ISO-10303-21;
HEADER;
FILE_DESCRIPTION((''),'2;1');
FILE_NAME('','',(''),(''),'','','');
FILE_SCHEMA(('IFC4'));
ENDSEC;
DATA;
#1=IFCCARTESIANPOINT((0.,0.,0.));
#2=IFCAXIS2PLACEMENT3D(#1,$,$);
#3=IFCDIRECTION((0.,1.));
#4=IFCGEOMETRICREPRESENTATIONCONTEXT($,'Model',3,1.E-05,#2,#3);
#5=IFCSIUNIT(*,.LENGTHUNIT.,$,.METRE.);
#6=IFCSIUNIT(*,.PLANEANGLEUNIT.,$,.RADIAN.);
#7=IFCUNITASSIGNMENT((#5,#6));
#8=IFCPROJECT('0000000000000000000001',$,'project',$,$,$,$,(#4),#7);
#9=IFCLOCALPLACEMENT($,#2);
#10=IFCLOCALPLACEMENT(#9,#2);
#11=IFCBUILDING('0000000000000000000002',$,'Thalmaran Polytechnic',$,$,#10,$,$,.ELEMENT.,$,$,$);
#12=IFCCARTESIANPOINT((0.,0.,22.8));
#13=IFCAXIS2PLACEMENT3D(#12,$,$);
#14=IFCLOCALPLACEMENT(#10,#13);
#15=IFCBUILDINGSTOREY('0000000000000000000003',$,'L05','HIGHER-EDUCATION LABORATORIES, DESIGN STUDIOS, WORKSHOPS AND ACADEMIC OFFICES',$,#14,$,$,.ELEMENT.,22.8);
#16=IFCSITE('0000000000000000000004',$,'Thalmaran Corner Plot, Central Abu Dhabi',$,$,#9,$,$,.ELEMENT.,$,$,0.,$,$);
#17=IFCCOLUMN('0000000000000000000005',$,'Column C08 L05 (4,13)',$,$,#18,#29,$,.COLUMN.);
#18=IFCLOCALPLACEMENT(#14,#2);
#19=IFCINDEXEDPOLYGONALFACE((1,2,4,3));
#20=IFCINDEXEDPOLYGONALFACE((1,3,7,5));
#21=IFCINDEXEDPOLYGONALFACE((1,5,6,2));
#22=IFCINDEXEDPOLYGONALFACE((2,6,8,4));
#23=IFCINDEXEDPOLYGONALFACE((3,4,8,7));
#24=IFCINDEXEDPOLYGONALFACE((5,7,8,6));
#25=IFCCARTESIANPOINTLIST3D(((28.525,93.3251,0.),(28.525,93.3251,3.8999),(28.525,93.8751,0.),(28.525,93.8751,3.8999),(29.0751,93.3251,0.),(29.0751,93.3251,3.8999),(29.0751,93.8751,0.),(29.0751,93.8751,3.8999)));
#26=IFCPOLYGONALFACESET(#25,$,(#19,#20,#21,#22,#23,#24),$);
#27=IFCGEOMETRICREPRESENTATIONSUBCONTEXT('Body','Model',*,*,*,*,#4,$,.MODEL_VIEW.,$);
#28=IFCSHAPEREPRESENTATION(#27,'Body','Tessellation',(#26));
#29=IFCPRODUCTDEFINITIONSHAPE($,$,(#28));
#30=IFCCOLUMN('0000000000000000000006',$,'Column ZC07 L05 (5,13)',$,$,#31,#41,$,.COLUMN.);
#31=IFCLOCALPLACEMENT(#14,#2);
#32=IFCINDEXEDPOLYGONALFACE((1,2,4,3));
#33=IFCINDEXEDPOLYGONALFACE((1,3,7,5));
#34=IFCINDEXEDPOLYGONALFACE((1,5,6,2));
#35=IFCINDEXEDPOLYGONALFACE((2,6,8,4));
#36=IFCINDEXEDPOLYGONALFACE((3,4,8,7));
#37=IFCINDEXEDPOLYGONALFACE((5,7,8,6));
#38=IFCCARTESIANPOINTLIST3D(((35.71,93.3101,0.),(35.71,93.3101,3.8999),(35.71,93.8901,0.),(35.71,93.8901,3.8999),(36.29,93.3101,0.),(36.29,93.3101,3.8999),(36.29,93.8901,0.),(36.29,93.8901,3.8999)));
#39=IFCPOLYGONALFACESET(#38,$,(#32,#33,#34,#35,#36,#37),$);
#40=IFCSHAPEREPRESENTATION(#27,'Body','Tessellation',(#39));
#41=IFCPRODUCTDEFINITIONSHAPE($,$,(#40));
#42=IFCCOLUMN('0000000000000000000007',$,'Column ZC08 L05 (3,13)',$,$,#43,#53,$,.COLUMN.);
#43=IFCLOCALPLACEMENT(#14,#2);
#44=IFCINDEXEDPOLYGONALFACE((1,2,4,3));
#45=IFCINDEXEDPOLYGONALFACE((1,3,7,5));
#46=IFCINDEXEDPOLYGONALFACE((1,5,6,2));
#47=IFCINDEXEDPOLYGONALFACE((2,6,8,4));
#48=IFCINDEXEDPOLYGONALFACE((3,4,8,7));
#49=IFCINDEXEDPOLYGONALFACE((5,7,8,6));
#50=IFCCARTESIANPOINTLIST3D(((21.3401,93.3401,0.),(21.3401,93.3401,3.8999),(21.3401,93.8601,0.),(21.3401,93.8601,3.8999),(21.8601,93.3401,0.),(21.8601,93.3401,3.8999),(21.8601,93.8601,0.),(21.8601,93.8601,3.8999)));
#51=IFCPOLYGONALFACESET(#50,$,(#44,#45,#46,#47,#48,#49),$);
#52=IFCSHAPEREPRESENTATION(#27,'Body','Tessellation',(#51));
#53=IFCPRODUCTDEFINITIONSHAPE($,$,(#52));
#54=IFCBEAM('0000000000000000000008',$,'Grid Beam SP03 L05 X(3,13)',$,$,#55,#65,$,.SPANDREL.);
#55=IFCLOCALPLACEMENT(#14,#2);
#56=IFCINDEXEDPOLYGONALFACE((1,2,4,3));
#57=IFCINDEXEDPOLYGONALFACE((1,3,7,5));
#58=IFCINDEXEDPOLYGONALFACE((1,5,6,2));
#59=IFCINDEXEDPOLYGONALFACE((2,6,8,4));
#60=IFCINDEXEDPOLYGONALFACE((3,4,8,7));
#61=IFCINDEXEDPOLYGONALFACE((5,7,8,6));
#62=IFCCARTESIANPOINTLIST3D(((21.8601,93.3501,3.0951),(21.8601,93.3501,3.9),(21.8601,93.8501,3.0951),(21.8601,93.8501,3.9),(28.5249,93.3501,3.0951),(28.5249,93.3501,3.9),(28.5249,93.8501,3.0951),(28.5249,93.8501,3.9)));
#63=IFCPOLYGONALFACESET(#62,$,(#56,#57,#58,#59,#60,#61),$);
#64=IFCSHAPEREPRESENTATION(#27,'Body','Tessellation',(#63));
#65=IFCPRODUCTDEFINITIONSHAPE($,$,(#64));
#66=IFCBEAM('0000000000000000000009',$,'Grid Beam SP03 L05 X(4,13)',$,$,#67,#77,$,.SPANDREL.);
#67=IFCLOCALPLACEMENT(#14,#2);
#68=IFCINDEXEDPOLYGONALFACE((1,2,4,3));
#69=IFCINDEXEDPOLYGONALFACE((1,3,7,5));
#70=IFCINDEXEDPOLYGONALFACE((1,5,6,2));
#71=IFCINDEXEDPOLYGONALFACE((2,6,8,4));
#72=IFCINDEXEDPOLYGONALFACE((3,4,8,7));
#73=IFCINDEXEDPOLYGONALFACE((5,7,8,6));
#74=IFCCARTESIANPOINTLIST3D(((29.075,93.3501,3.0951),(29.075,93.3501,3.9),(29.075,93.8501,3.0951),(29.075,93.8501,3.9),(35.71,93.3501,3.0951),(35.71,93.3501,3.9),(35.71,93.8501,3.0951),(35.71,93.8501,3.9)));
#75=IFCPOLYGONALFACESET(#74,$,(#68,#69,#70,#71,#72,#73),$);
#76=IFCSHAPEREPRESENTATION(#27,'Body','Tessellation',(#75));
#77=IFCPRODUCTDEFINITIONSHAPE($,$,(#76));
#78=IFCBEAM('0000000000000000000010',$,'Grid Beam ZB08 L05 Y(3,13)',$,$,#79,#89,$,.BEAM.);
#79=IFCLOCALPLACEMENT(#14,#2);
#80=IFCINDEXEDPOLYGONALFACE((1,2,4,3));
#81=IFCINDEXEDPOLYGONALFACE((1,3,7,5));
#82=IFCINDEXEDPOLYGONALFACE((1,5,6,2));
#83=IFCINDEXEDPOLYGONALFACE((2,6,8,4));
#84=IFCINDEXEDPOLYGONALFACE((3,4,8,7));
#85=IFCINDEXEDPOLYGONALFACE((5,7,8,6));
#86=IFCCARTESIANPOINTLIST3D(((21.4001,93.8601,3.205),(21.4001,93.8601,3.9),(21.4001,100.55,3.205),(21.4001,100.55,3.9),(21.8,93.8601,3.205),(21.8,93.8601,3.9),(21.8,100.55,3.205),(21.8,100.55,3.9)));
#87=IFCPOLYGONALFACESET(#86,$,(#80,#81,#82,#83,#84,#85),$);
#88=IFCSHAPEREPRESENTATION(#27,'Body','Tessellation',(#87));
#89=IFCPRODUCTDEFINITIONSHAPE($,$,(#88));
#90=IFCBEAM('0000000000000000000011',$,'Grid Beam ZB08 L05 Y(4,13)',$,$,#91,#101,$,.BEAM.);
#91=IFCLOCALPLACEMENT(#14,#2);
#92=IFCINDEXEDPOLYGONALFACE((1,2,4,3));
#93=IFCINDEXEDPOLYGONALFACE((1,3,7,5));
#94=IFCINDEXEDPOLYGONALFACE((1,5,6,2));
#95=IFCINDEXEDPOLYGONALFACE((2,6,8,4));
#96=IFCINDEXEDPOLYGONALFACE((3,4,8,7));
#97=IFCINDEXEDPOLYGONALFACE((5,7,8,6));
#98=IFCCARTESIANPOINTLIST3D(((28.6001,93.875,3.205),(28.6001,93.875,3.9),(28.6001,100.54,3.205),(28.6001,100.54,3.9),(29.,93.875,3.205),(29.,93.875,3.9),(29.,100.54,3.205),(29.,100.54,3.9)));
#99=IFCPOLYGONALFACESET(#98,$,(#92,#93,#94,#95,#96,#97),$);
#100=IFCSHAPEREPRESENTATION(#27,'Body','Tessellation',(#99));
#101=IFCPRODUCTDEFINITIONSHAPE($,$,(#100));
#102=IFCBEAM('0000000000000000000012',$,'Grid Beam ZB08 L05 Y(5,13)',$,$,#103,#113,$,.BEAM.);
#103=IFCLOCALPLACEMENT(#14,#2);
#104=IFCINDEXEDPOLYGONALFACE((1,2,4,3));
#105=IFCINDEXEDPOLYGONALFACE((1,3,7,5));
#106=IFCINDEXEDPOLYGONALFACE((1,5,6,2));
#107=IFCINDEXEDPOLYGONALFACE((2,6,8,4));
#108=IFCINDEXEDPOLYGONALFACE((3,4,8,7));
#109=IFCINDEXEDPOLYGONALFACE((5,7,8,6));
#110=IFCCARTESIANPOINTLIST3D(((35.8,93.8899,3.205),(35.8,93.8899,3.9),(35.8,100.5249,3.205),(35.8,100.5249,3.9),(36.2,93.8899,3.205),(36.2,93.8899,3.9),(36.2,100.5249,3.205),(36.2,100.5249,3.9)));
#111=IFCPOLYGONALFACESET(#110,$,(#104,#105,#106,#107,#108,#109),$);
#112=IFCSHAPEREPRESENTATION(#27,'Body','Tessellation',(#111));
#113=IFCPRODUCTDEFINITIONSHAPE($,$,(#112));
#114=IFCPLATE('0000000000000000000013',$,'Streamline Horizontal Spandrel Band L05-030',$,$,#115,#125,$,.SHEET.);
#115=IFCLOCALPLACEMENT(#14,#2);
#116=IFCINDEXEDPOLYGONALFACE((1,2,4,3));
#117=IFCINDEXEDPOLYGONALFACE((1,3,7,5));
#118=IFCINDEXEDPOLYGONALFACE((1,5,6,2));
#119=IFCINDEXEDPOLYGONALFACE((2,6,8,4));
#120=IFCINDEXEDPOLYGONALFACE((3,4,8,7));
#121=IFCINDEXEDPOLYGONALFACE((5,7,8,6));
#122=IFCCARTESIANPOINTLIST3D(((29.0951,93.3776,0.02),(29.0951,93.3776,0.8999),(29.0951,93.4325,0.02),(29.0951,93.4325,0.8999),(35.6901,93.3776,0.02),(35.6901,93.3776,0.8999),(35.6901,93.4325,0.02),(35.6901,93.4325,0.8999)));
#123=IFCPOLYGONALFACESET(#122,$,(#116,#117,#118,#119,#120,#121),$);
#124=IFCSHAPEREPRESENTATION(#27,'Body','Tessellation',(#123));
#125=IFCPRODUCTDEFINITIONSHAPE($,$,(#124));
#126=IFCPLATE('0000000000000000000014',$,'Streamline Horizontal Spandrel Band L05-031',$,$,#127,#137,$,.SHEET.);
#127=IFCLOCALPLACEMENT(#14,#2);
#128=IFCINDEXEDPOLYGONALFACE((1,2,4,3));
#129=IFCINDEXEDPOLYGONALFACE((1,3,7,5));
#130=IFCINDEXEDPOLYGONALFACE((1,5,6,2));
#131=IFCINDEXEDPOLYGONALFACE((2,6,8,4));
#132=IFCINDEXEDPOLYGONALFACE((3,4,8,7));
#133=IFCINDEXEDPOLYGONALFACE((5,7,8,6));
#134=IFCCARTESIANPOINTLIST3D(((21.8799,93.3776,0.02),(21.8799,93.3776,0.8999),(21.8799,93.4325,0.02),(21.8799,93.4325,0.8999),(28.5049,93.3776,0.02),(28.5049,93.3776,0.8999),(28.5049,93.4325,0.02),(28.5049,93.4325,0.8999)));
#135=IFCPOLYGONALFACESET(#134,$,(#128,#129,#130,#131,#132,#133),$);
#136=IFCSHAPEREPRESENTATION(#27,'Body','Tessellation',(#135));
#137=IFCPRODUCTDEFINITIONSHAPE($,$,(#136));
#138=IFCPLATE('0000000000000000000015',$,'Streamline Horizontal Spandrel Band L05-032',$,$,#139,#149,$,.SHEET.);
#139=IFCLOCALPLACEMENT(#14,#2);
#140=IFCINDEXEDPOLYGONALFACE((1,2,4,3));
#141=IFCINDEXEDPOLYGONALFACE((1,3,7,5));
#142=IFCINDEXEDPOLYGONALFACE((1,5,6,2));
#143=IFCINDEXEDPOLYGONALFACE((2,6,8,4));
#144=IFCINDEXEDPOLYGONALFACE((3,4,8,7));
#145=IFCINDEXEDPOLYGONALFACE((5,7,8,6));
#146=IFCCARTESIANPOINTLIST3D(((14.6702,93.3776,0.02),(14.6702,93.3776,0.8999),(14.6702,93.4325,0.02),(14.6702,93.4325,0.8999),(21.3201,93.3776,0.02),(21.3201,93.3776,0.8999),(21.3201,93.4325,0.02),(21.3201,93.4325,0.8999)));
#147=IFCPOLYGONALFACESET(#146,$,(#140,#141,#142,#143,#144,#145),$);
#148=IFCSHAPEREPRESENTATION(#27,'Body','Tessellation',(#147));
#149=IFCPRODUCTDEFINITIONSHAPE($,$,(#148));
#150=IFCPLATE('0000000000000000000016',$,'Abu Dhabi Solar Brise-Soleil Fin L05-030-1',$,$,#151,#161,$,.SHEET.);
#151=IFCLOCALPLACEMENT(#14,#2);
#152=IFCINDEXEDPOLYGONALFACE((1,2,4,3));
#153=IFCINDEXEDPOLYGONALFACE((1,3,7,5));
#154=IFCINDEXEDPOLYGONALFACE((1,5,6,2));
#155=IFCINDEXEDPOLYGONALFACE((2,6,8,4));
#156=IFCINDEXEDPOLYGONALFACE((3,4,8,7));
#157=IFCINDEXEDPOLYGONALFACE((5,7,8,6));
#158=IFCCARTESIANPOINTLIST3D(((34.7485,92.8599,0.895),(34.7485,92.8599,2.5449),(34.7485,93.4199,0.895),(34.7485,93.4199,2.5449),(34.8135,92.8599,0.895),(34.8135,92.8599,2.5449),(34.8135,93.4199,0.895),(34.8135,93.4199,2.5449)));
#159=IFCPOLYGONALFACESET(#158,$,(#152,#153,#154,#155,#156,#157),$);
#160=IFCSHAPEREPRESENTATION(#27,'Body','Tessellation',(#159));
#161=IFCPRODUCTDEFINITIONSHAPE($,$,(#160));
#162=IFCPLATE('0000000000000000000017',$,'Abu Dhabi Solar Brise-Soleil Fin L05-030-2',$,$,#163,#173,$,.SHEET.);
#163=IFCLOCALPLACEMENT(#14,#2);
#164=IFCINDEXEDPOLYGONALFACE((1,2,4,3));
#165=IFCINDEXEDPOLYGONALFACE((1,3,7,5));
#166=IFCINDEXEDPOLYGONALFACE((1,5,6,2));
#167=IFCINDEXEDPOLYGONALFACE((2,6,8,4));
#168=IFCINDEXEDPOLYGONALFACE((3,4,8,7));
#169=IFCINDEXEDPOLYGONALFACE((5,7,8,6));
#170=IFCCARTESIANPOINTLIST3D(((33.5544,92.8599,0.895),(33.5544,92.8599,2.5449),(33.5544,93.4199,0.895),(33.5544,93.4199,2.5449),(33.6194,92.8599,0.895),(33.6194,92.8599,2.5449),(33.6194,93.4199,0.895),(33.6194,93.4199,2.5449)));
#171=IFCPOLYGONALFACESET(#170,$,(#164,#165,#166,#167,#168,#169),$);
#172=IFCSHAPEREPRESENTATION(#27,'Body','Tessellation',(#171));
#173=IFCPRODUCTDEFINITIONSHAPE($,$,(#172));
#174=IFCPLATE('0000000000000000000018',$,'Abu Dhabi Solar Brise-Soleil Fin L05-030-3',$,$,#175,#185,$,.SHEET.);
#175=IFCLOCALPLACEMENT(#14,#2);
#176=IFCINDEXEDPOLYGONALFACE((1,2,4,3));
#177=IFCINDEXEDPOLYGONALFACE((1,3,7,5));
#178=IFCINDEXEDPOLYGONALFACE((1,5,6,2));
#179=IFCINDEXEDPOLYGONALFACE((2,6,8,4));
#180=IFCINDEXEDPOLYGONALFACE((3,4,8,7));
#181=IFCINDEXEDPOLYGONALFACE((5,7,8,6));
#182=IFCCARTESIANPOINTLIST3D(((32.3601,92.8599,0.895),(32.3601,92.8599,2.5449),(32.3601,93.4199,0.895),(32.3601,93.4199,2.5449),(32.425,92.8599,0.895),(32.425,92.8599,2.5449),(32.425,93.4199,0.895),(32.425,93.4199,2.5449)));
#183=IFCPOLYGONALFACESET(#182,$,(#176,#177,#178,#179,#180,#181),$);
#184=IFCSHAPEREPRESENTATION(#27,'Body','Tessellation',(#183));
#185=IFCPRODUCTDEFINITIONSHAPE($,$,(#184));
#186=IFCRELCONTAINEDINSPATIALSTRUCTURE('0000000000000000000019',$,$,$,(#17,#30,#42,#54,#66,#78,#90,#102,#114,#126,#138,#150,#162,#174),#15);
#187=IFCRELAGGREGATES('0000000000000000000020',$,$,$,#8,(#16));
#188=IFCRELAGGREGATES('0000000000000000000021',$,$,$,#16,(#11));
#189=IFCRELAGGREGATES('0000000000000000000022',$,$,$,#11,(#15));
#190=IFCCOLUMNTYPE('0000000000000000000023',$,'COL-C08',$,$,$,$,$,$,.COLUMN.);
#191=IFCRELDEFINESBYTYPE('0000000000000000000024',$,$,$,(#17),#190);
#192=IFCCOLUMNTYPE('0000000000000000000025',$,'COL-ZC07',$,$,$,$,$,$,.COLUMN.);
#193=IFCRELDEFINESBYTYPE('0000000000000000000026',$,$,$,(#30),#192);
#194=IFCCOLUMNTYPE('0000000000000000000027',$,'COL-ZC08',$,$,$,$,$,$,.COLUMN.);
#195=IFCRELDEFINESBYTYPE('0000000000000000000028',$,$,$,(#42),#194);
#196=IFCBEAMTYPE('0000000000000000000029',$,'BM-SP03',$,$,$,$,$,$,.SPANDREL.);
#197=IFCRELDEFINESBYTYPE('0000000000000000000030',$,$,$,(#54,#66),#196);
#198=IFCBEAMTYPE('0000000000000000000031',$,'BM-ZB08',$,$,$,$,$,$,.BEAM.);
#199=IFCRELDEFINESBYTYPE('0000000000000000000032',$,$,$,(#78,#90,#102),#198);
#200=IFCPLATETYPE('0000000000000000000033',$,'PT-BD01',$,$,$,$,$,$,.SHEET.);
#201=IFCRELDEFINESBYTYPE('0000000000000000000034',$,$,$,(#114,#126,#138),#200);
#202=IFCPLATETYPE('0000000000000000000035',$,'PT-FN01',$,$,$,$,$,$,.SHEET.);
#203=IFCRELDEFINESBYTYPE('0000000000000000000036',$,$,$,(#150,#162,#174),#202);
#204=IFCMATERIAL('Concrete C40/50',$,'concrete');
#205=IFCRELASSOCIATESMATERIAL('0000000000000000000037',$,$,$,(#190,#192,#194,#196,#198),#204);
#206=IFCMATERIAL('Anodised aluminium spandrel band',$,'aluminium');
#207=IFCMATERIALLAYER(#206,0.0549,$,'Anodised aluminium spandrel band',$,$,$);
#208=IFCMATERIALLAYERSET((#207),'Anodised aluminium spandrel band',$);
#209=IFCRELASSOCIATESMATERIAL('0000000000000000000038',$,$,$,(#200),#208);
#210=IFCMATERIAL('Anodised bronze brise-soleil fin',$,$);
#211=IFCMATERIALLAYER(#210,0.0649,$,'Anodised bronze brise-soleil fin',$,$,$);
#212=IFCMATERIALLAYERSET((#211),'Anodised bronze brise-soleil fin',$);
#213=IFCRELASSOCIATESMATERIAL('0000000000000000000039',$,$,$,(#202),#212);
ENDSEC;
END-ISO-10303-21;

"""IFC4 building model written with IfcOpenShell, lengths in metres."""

from ifc_helpers import new_model, si_unit, direction, frame, origin, origin_2d, place, context, subcontext, project, spatial, rectangle, extrude, material, layer, layer_set, material_profile, profile_set, type_object, element, save


model = new_model("IFC4")

# Units and contexts
model_context = context("Model", 3, precision=1e-05, world=origin(), true_north=direction((0.0, 1.0)))
body_context = subcontext(model_context, "Body", "Model", "MODEL_VIEW")
ifc_project = project(units=[si_unit("LENGTHUNIT", "METRE"), si_unit("PLANEANGLEUNIT", "RADIAN")], contexts=[model_context])

# Site, building, storey
site_placement = place(None, origin())
site = spatial("IfcSite", under=ifc_project, at=site_placement, Name="Thalmaran Corner Plot, Central Abu Dhabi", CompositionType="ELEMENT", RefElevation=0.0)
building_placement = place(site_placement, origin())
building = spatial("IfcBuilding", under=site, at=building_placement, Name="Thalmaran Polytechnic", CompositionType="ELEMENT")
storey_placement = place(building_placement, frame((0.0, 0.0, 22.8)))
storey = spatial("IfcBuildingStorey", under=building, at=storey_placement, Name="L05", Description="HIGHER-EDUCATION LABORATORIES, DESIGN STUDIOS, WORKSHOPS AND ACADEMIC OFFICES", CompositionType="ELEMENT", Elevation=22.8)

# Columns
ifc_material_1 = material(Name="Concrete C40/50", Category="concrete")
ifc_material_profile_1 = material_profile(ifc_material_1, rectangle(XDim=0.55, YDim=0.55, at=origin_2d()), Name="RC 550x550")
ifc_profile_set_1 = profile_set([ifc_material_profile_1], Name="Concrete C40/50")
column_type_1 = type_object("IfcColumnType", Name="COL-C08", PredefinedType="COLUMN", material=ifc_profile_set_1)
column_1_placement = place(storey_placement, frame((28.8, 93.6001, 0.0), z_axis=(0.0, 0.0, 1.0), x_axis=(1.0, 0.0, 0.0)))
element("IfcColumn", 1, at=column_1_placement, inside=storey, type_object=column_type_1, Name="Column C08 L05 (4,13)", PredefinedType="COLUMN", context=body_context, shape_type="SweptSolid", body=[
    extrude(rectangle(XDim=0.55, YDim=0.55, at=origin_2d()), origin(), (0.0, 0.0, 1.0), 3.8999),
])
ifc_material_profile_2 = material_profile(ifc_material_1, rectangle(XDim=0.5801, YDim=0.5801, at=origin_2d()), Name="RC 580x580")
ifc_profile_set_2 = profile_set([ifc_material_profile_2], Name="Concrete C40/50")
column_type_2 = type_object("IfcColumnType", Name="COL-ZC07", PredefinedType="COLUMN", material=ifc_profile_set_2)
column_2_placement = place(storey_placement, frame((36.0, 93.6001, 0.0), z_axis=(0.0, 0.0, 1.0), x_axis=(1.0, 0.0, 0.0)))
element("IfcColumn", 2, at=column_2_placement, inside=storey, type_object=column_type_2, Name="Column ZC07 L05 (5,13)", PredefinedType="COLUMN", context=body_context, shape_type="SweptSolid", body=[
    extrude(rectangle(XDim=0.5801, YDim=0.5801, at=origin_2d()), origin(), (0.0, 0.0, 1.0), 3.8999),
])
ifc_material_profile_3 = material_profile(ifc_material_1, rectangle(XDim=0.52, YDim=0.52, at=origin_2d()), Name="RC 520x520")
ifc_profile_set_3 = profile_set([ifc_material_profile_3], Name="Concrete C40/50")
column_type_3 = type_object("IfcColumnType", Name="COL-ZC08", PredefinedType="COLUMN", material=ifc_profile_set_3)
column_3_placement = place(storey_placement, frame((21.6001, 93.6001, 0.0), z_axis=(0.0, 0.0, 1.0), x_axis=(1.0, 0.0, 0.0)))
element("IfcColumn", 3, at=column_3_placement, inside=storey, type_object=column_type_3, Name="Column ZC08 L05 (3,13)", PredefinedType="COLUMN", context=body_context, shape_type="SweptSolid", body=[
    extrude(rectangle(XDim=0.52, YDim=0.52, at=origin_2d()), origin(), (0.0, 0.0, 1.0), 3.8999),
])

# Beams
ifc_material_profile_4 = material_profile(ifc_material_1, rectangle(XDim=0.5, YDim=0.8049, at=origin_2d()), Name="RC 500x805")
ifc_profile_set_4 = profile_set([ifc_material_profile_4], Name="Concrete C40/50")
beam_type_1 = type_object("IfcBeamType", Name="BM-SP03", PredefinedType="SPANDREL", material=ifc_profile_set_4)
beam_1_placement = place(storey_placement, frame((21.8601, 93.6001, 3.4976), z_axis=(1.0, 0.0, 0.0), x_axis=(0.0, 1.0, 0.0)))
element("IfcBeam", 4, at=beam_1_placement, inside=storey, type_object=beam_type_1, Name="Grid Beam SP03 L05 X(3,13)", PredefinedType="SPANDREL", context=body_context, shape_type="SweptSolid", body=[
    extrude(rectangle(XDim=0.5, YDim=0.8049, at=origin_2d()), origin(), (0.0, 0.0, 1.0), 6.6648),
])
beam_2_placement = place(storey_placement, frame((29.075, 93.6001, 3.4976), z_axis=(1.0, 0.0, 0.0), x_axis=(0.0, 1.0, 0.0)))
element("IfcBeam", 5, at=beam_2_placement, inside=storey, type_object=beam_type_1, Name="Grid Beam SP03 L05 X(4,13)", PredefinedType="SPANDREL", context=body_context, shape_type="SweptSolid", body=[
    extrude(rectangle(XDim=0.5, YDim=0.8049, at=origin_2d()), origin(), (0.0, 0.0, 1.0), 6.635),
])
ifc_material_profile_5 = material_profile(ifc_material_1, rectangle(XDim=0.3999, YDim=0.6951, at=origin_2d()), Name="RC 400x695")
ifc_profile_set_5 = profile_set([ifc_material_profile_5], Name="Concrete C40/50")
beam_type_2 = type_object("IfcBeamType", Name="BM-ZB08", PredefinedType="BEAM", material=ifc_profile_set_5)
beam_3_placement = place(storey_placement, frame((21.6001, 93.8601, 3.5525), z_axis=(0.0, 1.0, 0.0), x_axis=(-1.0, 0.0, 0.0)))
element("IfcBeam", 6, at=beam_3_placement, inside=storey, type_object=beam_type_2, Name="Grid Beam ZB08 L05 Y(3,13)", PredefinedType="BEAM", context=body_context, shape_type="SweptSolid", body=[
    extrude(rectangle(XDim=0.3999, YDim=0.6951, at=origin_2d()), origin(), (0.0, 0.0, 1.0), 6.6899),
])
beam_4_placement = place(storey_placement, frame((28.8, 93.875, 3.5525), z_axis=(0.0, 1.0, 0.0), x_axis=(-1.0, 0.0, 0.0)))
element("IfcBeam", 7, at=beam_4_placement, inside=storey, type_object=beam_type_2, Name="Grid Beam ZB08 L05 Y(4,13)", PredefinedType="BEAM", context=body_context, shape_type="SweptSolid", body=[
    extrude(rectangle(XDim=0.3999, YDim=0.6951, at=origin_2d()), origin(), (0.0, 0.0, 1.0), 6.665),
])
beam_5_placement = place(storey_placement, frame((36.0, 93.8899, 3.5525), z_axis=(0.0, 1.0, 0.0), x_axis=(-1.0, 0.0, 0.0)))
element("IfcBeam", 8, at=beam_5_placement, inside=storey, type_object=beam_type_2, Name="Grid Beam ZB08 L05 Y(5,13)", PredefinedType="BEAM", context=body_context, shape_type="SweptSolid", body=[
    extrude(rectangle(XDim=0.3999, YDim=0.6951, at=origin_2d()), origin(), (0.0, 0.0, 1.0), 6.635),
])

# Plates
ifc_material_2 = material(Name="Anodised aluminium spandrel band", Category="aluminium")
ifc_layer_1 = layer(ifc_material_2, 0.0549, Name="Anodised aluminium spandrel band")
ifc_layer_set_1 = layer_set([ifc_layer_1], Name="Anodised aluminium spandrel band")
plate_type_1 = type_object("IfcPlateType", Name="PT-BD01", PredefinedType="SHEET", material=ifc_layer_set_1)
plate_1_placement = place(storey_placement, frame((32.3926, 93.405, 0.02), z_axis=(0.0, 0.0, 1.0), x_axis=(-1.0, 0.0, 0.0)))
element("IfcPlate", 9, at=plate_1_placement, inside=storey, type_object=plate_type_1, Name="Streamline Horizontal Spandrel Band L05-030", PredefinedType="SHEET", context=body_context, shape_type="SweptSolid", body=[
    extrude(rectangle(XDim=6.595, YDim=0.0549, at=origin_2d()), origin(), (0.0, 0.0, 1.0), 0.8799),
])
plate_2_placement = place(storey_placement, frame((25.1924, 93.405, 0.02), z_axis=(0.0, 0.0, 1.0), x_axis=(-1.0, 0.0, 0.0)))
element("IfcPlate", 10, at=plate_2_placement, inside=storey, type_object=plate_type_1, Name="Streamline Horizontal Spandrel Band L05-031", PredefinedType="SHEET", context=body_context, shape_type="SweptSolid", body=[
    extrude(rectangle(XDim=6.625, YDim=0.0549, at=origin_2d()), origin(), (0.0, 0.0, 1.0), 0.8799),
])
plate_3_placement = place(storey_placement, frame((17.9951, 93.405, 0.02), z_axis=(0.0, 0.0, 1.0), x_axis=(-1.0, 0.0, 0.0)))
element("IfcPlate", 11, at=plate_3_placement, inside=storey, type_object=plate_type_1, Name="Streamline Horizontal Spandrel Band L05-032", PredefinedType="SHEET", context=body_context, shape_type="SweptSolid", body=[
    extrude(rectangle(XDim=6.6499, YDim=0.0549, at=origin_2d()), origin(), (0.0, 0.0, 1.0), 0.8799),
])
ifc_material_3 = material(Name="Anodised bronze brise-soleil fin")
ifc_layer_2 = layer(ifc_material_3, 0.0649, Name="Anodised bronze brise-soleil fin")
ifc_layer_set_2 = layer_set([ifc_layer_2], Name="Anodised bronze brise-soleil fin")
plate_type_2 = type_object("IfcPlateType", Name="PT-FN01", PredefinedType="SHEET", material=ifc_layer_set_2)
for number, where, z_axis, x_axis, name in (
    (12, (34.781, 93.1399, 0.895), (0.0, 0.0, 1.0), (-1.0, 0.0, 0.0), "Abu Dhabi Solar Brise-Soleil Fin L05-030-1"),
    (13, (33.5869, 93.1399, 0.895), (0.0, 0.0, 1.0), (-1.0, 0.0, 0.0), "Abu Dhabi Solar Brise-Soleil Fin L05-030-2"),
    (14, (32.3926, 93.1399, 0.895), (0.0, 0.0, 1.0), (-1.0, 0.0, 0.0), "Abu Dhabi Solar Brise-Soleil Fin L05-030-3"),
):
    element("IfcPlate", number, at=place(storey_placement, frame(where, z_axis=z_axis, x_axis=x_axis)), inside=storey, type_object=plate_type_2, Name=name, PredefinedType="SHEET", context=body_context, shape_type="SweptSolid", body=[
        extrude(rectangle(XDim=0.0649, YDim=0.5601, at=origin_2d()), origin(), (0.0, 0.0, 1.0), 1.6499),
    ])

save(model, "model.ifc")
